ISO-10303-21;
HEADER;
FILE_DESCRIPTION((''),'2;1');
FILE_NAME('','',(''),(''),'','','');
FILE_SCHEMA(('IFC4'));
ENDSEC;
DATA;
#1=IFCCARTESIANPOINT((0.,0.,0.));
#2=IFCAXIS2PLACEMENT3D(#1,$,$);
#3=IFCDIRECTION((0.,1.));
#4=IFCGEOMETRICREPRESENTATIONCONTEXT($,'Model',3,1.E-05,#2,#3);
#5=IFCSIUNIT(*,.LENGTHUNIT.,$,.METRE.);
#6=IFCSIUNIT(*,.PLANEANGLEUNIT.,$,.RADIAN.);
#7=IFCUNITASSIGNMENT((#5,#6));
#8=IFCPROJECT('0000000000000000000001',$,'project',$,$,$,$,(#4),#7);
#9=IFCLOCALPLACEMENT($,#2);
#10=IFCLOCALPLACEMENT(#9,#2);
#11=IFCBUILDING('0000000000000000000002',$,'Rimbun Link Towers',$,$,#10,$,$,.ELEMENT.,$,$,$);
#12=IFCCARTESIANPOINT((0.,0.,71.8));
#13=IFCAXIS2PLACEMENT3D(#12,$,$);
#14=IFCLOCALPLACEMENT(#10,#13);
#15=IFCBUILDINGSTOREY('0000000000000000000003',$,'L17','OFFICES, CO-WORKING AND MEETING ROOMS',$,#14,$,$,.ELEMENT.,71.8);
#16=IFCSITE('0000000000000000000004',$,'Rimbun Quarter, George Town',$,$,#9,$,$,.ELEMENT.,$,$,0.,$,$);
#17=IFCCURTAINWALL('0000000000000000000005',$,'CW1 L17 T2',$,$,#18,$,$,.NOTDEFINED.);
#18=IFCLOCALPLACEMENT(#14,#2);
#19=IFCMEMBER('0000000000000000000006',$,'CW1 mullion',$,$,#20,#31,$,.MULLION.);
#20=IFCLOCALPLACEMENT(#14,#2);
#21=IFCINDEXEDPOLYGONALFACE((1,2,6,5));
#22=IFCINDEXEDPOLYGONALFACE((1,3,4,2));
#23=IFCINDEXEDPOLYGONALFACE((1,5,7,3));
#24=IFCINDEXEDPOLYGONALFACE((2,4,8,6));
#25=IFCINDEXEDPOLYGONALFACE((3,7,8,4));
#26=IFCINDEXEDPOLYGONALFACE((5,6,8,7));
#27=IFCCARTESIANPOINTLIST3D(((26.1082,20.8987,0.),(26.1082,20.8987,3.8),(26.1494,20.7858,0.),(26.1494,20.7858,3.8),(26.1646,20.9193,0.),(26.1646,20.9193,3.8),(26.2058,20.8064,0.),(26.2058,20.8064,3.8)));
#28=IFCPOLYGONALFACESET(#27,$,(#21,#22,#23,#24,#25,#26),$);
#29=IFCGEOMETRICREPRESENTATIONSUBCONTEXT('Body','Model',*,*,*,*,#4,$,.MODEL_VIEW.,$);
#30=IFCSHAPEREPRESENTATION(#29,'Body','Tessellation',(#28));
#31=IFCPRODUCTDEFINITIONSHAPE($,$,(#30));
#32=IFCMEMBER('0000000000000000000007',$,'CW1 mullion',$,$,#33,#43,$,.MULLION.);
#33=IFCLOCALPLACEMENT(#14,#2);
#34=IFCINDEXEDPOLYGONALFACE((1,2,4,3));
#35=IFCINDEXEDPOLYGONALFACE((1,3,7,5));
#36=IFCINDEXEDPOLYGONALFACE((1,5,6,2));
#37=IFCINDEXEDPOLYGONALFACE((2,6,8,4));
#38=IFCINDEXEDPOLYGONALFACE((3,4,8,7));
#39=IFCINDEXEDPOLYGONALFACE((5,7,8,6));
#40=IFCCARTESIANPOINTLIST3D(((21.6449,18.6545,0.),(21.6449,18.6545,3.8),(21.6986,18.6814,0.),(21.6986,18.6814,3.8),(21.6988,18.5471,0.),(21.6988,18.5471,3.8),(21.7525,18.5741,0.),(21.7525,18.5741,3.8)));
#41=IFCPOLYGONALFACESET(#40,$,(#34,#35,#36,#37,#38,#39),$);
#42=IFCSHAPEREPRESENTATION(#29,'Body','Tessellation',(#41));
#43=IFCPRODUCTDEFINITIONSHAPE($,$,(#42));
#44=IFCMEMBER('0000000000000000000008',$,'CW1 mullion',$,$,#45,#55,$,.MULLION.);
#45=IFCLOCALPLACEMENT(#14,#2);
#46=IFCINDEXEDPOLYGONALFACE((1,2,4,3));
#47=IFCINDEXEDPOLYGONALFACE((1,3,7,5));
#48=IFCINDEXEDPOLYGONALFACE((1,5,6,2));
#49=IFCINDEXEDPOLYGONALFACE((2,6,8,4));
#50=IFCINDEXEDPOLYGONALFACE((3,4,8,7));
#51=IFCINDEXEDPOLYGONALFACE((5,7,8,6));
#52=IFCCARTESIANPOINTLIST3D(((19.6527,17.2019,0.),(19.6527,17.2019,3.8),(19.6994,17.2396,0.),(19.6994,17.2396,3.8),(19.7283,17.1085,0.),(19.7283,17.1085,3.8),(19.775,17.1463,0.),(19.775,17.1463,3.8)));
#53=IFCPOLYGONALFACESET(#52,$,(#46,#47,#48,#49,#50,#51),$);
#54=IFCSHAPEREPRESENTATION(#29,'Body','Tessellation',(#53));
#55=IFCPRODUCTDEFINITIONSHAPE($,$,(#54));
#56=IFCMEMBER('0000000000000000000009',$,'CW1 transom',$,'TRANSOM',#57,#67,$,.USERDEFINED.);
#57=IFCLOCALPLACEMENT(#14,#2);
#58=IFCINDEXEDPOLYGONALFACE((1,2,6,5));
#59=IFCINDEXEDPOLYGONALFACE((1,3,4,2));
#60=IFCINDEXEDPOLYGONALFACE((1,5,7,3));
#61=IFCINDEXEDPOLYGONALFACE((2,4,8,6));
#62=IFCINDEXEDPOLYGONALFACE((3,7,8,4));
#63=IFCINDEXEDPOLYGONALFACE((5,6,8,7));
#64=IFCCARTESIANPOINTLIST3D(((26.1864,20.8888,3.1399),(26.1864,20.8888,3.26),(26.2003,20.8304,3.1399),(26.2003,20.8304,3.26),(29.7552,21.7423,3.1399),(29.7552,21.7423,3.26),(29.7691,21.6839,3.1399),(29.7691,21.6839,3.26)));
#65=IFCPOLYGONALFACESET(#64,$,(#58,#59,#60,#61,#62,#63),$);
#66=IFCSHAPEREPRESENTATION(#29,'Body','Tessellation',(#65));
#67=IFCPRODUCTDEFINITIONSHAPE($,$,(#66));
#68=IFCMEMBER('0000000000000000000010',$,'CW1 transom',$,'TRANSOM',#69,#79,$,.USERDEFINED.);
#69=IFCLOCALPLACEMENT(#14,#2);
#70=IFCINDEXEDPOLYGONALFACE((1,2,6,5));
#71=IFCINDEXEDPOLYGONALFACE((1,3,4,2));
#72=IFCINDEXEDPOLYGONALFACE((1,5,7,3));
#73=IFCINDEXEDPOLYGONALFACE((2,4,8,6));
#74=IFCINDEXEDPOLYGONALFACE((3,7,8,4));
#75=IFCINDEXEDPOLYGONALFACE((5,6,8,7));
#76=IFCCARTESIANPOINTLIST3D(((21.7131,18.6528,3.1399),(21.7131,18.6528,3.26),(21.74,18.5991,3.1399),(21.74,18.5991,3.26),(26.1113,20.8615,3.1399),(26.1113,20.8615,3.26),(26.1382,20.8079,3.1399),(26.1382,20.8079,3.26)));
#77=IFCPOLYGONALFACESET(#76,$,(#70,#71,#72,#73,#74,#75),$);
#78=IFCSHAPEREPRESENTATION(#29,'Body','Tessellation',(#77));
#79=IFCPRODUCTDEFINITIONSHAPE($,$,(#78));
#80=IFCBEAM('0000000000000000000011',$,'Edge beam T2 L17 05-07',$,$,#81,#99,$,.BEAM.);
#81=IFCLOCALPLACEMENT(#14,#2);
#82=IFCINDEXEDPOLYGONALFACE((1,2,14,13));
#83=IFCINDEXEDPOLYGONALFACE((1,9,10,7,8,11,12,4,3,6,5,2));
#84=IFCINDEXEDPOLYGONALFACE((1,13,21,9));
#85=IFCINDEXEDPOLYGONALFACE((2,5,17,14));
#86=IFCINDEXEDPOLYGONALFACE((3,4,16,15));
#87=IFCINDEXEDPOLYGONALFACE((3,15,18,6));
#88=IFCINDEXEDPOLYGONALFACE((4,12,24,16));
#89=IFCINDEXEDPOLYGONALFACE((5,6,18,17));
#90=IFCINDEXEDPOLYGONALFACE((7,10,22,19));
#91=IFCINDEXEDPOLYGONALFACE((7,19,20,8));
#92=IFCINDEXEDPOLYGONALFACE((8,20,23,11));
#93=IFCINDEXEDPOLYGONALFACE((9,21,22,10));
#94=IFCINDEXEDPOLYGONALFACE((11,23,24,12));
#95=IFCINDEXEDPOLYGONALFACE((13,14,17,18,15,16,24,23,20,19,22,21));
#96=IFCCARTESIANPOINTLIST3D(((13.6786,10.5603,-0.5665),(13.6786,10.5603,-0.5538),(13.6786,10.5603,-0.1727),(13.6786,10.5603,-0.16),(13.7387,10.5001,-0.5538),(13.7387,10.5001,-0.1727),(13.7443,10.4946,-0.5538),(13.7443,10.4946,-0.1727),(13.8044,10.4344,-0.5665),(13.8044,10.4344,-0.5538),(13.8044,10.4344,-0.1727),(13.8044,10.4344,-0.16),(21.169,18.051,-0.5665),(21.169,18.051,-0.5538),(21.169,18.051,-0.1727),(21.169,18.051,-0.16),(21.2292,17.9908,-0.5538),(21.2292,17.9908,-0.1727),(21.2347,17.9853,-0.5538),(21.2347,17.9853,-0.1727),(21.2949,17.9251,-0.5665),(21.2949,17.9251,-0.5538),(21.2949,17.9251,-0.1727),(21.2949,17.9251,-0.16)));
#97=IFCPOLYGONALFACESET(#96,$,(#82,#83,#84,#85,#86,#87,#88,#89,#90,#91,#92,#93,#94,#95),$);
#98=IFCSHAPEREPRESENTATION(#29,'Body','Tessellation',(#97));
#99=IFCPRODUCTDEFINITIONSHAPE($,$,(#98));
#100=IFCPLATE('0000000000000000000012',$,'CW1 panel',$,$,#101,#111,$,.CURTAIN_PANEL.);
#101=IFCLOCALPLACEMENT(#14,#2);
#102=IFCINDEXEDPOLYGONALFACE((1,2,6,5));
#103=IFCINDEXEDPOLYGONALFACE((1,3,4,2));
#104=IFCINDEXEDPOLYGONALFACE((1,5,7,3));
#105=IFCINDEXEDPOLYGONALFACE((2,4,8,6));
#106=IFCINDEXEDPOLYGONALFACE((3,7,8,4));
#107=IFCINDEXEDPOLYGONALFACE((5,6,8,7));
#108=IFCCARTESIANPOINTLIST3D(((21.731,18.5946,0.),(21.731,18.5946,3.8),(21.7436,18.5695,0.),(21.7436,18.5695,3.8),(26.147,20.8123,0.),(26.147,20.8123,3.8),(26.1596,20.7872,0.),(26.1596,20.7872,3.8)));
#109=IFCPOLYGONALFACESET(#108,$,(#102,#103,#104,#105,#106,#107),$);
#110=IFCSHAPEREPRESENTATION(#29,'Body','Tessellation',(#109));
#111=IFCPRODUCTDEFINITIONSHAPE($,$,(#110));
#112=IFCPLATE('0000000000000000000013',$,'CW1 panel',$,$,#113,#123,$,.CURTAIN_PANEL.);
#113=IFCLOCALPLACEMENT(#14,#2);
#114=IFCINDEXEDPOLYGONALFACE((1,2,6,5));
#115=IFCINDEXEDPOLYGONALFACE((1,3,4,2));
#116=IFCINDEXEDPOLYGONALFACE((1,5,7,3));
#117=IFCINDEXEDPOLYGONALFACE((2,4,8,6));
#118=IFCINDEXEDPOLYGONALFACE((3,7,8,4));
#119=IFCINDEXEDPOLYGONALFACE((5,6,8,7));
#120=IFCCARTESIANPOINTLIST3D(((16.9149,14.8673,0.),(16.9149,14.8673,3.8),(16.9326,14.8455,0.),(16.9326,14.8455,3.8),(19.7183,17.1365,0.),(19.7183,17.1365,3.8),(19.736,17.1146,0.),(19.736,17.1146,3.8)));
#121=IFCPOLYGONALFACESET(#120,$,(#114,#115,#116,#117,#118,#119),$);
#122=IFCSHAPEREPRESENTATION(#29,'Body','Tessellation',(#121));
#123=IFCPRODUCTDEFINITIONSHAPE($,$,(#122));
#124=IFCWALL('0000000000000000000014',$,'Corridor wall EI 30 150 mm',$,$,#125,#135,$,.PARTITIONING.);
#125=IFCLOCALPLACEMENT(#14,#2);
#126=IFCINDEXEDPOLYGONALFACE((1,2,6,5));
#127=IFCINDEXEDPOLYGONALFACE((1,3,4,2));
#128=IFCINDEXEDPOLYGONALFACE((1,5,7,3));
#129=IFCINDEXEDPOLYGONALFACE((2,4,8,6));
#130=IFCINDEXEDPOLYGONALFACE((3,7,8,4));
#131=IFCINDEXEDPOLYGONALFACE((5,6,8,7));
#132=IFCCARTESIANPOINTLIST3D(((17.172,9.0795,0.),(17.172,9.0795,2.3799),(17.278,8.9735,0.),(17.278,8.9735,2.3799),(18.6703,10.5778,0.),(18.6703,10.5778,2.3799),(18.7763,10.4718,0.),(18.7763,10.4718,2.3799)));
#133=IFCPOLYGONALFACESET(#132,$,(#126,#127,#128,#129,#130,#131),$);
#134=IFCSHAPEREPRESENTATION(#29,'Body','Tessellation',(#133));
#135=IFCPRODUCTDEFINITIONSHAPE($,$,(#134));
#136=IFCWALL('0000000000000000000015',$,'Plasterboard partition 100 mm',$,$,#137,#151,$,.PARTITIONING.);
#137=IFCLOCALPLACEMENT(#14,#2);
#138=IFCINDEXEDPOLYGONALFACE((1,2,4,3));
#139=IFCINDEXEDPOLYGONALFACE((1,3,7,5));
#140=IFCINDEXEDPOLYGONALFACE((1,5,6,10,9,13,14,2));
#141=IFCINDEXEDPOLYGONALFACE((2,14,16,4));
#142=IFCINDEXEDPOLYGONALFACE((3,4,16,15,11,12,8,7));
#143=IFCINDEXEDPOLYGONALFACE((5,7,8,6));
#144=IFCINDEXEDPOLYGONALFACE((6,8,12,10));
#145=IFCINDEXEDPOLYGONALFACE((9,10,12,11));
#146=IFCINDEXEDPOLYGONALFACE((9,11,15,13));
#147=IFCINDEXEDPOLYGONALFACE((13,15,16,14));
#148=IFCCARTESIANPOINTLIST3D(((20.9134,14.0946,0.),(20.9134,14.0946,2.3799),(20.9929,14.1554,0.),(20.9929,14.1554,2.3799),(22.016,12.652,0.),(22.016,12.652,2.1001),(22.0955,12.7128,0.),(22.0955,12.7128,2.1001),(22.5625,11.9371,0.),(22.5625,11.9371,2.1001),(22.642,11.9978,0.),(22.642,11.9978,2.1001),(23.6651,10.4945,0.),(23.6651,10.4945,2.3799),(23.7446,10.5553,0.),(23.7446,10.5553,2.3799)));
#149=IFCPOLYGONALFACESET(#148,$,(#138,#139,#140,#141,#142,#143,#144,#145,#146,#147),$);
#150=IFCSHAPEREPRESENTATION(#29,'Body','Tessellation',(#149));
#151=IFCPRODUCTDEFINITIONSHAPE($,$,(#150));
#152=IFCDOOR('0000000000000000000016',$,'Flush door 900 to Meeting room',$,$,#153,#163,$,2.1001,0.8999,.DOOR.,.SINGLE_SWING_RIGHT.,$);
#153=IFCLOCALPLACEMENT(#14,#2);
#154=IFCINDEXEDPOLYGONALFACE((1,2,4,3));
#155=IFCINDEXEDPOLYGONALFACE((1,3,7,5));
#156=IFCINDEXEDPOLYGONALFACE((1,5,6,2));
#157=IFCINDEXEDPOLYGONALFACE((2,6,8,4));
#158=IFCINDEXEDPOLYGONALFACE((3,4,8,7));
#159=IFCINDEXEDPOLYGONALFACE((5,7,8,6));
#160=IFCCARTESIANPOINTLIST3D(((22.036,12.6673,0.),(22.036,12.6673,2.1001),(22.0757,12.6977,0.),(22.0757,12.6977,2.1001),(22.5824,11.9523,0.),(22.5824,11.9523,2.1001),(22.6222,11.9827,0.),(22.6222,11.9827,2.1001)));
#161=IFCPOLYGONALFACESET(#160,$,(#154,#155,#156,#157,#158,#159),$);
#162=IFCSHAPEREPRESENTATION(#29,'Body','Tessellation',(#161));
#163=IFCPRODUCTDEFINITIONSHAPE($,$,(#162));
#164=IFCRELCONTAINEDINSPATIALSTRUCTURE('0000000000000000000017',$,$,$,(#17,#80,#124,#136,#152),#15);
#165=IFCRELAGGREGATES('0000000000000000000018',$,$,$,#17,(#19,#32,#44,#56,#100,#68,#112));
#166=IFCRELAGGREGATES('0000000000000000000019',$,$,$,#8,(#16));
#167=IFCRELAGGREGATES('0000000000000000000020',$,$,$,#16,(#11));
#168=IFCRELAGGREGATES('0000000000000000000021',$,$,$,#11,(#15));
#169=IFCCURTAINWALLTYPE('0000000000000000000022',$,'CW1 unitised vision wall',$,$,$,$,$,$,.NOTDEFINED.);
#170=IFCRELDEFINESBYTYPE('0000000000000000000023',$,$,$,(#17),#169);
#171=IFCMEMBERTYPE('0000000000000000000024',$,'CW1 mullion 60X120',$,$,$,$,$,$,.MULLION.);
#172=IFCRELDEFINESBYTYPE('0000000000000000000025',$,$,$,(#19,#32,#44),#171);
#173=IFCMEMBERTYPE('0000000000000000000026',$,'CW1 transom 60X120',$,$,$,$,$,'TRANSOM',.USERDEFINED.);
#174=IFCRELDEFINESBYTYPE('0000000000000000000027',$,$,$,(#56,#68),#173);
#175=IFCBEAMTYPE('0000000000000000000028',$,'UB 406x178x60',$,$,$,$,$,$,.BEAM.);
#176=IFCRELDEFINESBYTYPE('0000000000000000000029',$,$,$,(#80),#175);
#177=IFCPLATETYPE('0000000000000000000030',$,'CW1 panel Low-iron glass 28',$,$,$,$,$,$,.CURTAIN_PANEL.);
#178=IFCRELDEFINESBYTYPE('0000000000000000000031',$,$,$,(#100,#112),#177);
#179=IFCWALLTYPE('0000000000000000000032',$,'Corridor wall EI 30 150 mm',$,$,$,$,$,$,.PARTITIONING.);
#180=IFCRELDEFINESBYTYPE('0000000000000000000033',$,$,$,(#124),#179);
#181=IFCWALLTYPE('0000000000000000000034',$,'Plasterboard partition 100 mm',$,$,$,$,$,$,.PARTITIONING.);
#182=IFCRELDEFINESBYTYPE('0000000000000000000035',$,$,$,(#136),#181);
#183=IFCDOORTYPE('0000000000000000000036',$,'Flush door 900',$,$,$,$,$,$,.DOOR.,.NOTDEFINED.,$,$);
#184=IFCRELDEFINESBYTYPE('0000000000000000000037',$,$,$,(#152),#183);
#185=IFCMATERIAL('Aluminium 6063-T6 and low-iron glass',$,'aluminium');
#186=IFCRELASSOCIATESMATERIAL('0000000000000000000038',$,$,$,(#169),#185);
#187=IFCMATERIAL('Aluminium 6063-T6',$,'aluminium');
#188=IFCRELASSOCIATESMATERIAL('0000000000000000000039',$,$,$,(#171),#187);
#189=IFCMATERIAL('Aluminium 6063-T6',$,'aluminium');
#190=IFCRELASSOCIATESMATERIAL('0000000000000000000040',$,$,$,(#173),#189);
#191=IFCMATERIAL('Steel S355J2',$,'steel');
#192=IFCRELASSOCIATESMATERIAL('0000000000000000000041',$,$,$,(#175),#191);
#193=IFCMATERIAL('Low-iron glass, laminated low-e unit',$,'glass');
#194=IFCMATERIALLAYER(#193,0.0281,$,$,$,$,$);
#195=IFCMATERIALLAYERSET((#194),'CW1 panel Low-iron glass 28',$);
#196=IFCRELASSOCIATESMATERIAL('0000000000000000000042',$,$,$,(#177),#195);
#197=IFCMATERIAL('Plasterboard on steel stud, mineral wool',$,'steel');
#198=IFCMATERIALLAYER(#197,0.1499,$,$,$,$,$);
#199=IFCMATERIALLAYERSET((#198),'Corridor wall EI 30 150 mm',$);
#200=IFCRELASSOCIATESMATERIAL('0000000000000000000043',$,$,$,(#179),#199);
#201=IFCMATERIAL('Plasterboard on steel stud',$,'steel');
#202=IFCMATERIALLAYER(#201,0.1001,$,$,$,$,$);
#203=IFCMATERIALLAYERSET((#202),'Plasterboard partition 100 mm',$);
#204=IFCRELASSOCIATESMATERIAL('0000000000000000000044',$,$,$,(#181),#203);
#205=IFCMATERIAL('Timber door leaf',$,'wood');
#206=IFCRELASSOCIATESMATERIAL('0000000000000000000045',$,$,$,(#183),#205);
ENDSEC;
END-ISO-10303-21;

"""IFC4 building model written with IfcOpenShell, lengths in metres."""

from ifc_helpers import new_model, si_unit, direction, frame, frame_2d, origin, origin_2d, place, context, subcontext, project, spatial, rectangle, i_section, extrude, material, layer, layer_set, material_profile, profile_set, type_object, element, fill, aggregate, save


model = new_model("IFC4")

# Units and contexts
model_context = context("Model", 3, precision=1e-05, world=origin(), true_north=direction((0.0, 1.0)))
body_context = subcontext(model_context, "Body", "Model", "MODEL_VIEW")
ifc_project = project(units=[si_unit("LENGTHUNIT", "METRE"), si_unit("PLANEANGLEUNIT", "RADIAN")], contexts=[model_context])

# Site, building, storey
site_placement = place(None, origin())
site = spatial("IfcSite", under=ifc_project, at=site_placement, Name="Rimbun Quarter, George Town", CompositionType="ELEMENT", RefElevation=0.0)
building_placement = place(site_placement, origin())
building = spatial("IfcBuilding", under=site, at=building_placement, Name="Rimbun Link Towers", CompositionType="ELEMENT")
storey_placement = place(building_placement, frame((0.0, 0.0, 71.8)))
storey = spatial("IfcBuildingStorey", under=building, at=storey_placement, Name="L17", Description="OFFICES, CO-WORKING AND MEETING ROOMS", CompositionType="ELEMENT", Elevation=71.8)

# Curtain wall, members
ifc_material_1 = material(Name="Aluminium 6063-T6 and low-iron glass", Category="aluminium")
curtain_wall_type = type_object("IfcCurtainWallType", Name="CW1 unitised vision wall", PredefinedType="NOTDEFINED", material=ifc_material_1)
curtain_wall_placement = place(storey_placement, origin())
curtain_wall = element("IfcCurtainWall", 1, at=curtain_wall_placement, inside=storey, type_object=curtain_wall_type, Name="CW1 L17 T2", PredefinedType="NOTDEFINED")
ifc_material_2 = material(Name="Aluminium 6063-T6", Category="aluminium")
ifc_material_profile_1 = material_profile(ifc_material_2, rectangle(XDim=0.1201, YDim=0.0601, at=origin_2d()), Name="MULLION 60X120")
ifc_profile_set_1 = profile_set([ifc_material_profile_1], Name="Aluminium 6063-T6")
member_type_1 = type_object("IfcMemberType", Name="CW1 mullion 60X120", PredefinedType="MULLION", material=ifc_profile_set_1)
member_1_placement = place(storey_placement, frame((26.157, 20.8525, 0.0), z_axis=(0.0, 0.0, 1.0), x_axis=(-0.34297, 0.939346, 0.0)))
member_1 = element("IfcMember", 2, at=member_1_placement, type_object=member_type_1, Name="CW1 mullion", PredefinedType="MULLION", context=body_context, shape_type="SweptSolid", body=[
    extrude(rectangle(XDim=0.1201, YDim=0.0601, at=origin_2d()), origin(), (0.0, 0.0, 1.0), 3.8),
])
member_2_placement = place(storey_placement, frame((21.6987, 18.6143, 0.0), z_axis=(0.0, 0.0, 1.0), x_axis=(-0.448782, 0.893641, 0.0)))
member_2 = element("IfcMember", 3, at=member_2_placement, type_object=member_type_1, Name="CW1 mullion", PredefinedType="MULLION", context=body_context, shape_type="SweptSolid", body=[
    extrude(rectangle(XDim=0.1201, YDim=0.0601, at=origin_2d()), origin(), (0.0, 0.0, 1.0), 3.8),
])
member_3_placement = place(storey_placement, frame((19.7139, 17.1741, 0.0), z_axis=(0.0, 0.0, 1.0), x_axis=(-0.629155, 0.77728, 0.0)))
member_3 = element("IfcMember", 4, at=member_3_placement, type_object=member_type_1, Name="CW1 mullion", PredefinedType="MULLION", context=body_context, shape_type="SweptSolid", body=[
    extrude(rectangle(XDim=0.1201, YDim=0.0601, at=origin_2d()), origin(), (0.0, 0.0, 1.0), 3.8),
])
ifc_material_3 = material(Name="Aluminium 6063-T6", Category="aluminium")
ifc_material_profile_2 = material_profile(ifc_material_3, rectangle(XDim=0.0601, YDim=0.1201, at=origin_2d()), Name="TRANSOM 60X120")
ifc_profile_set_2 = profile_set([ifc_material_profile_2], Name="Aluminium 6063-T6")
member_type_2 = type_object("IfcMemberType", Name="CW1 transom 60X120", ElementType="TRANSOM", PredefinedType="USERDEFINED", material=ifc_profile_set_2)
member_4_placement = place(storey_placement, frame((26.1934, 20.8596, 3.2), z_axis=(0.972573, 0.232598, 0.0), x_axis=(-0.232598, 0.972573, 0.0)))
member_4 = element("IfcMember", 5, at=member_4_placement, type_object=member_type_2, Name="CW1 transom", ObjectType="TRANSOM", PredefinedType="USERDEFINED", context=body_context, shape_type="SweptSolid", body=[
    extrude(rectangle(XDim=0.0601, YDim=0.1201, at=origin_2d()), origin(), (0.0, 0.0, 1.0), 3.6694),
])
member_5_placement = place(storey_placement, frame((21.7266, 18.626, 3.2), z_axis=(0.893642, 0.44878, 0.0), x_axis=(-0.44878, 0.893642, 0.0)))
member_5 = element("IfcMember", 6, at=member_5_placement, type_object=member_type_2, Name="CW1 transom", ObjectType="TRANSOM", PredefinedType="USERDEFINED", context=body_context, shape_type="SweptSolid", body=[
    extrude(rectangle(XDim=0.0601, YDim=0.1201, at=origin_2d()), origin(), (0.0, 0.0, 1.0), 4.9216),
])

# Beam
ifc_material_4 = material(Name="Steel S355J2", Category="steel")
ifc_material_profile_3 = material_profile(ifc_material_4, i_section(OverallWidth=0.178, OverallDepth=0.4065, WebThickness=0.0078, FlangeThickness=0.0127, at=origin_2d()), Name="UB 406x178x60")
ifc_profile_set_3 = profile_set([ifc_material_profile_3], Name="Steel S355J2")
beam_type = type_object("IfcBeamType", Name="UB 406x178x60", PredefinedType="BEAM", material=ifc_profile_set_3)
beam_placement = place(storey_placement, frame((21.2319, 17.988, -0.3633), z_axis=(-0.707095, -0.707118, 0.0), x_axis=(0.707118, -0.707095, 0.0)))
element("IfcBeam", 7, at=beam_placement, inside=storey, type_object=beam_type, Name="Edge beam T2 L17 05-07", PredefinedType="BEAM", context=body_context, shape_type="SweptSolid", body=[
    extrude(i_section(OverallWidth=0.178, OverallDepth=0.4065, WebThickness=0.0078, FlangeThickness=0.0127, at=origin_2d()), origin(), (0.0, 0.0, 1.0), 10.5933),
])

# Plates
ifc_material_5 = material(Name="Low-iron glass, laminated low-e unit", Category="glass")
ifc_layer_1 = layer(ifc_material_5, 0.0281)
ifc_layer_set_1 = layer_set([ifc_layer_1], Name="CW1 panel Low-iron glass 28")
plate_type = type_object("IfcPlateType", Name="CW1 panel Low-iron glass 28", PredefinedType="CURTAIN_PANEL", material=ifc_layer_set_1)
plate_1_placement = place(storey_placement, frame((23.9453, 19.6909, 0.0), z_axis=(0.0, 0.0, 1.0), x_axis=(0.893641, 0.448782, 0.0)))
plate_1 = element("IfcPlate", 8, at=plate_1_placement, type_object=plate_type, Name="CW1 panel", PredefinedType="CURTAIN_PANEL", context=body_context, shape_type="SweptSolid", body=[
    extrude(rectangle(XDim=4.9417, YDim=0.0281, at=origin_2d()), origin(), (0.0, 0.0, 1.0), 3.8),
])
plate_2_placement = place(storey_placement, frame((18.3254, 15.991, 0.0), z_axis=(0.0, 0.0, 1.0), x_axis=(0.77728, 0.629155, 0.0)))
plate_2 = element("IfcPlate", 9, at=plate_2_placement, type_object=plate_type, Name="CW1 panel", PredefinedType="CURTAIN_PANEL", context=body_context, shape_type="SweptSolid", body=[
    extrude(rectangle(XDim=3.6067, YDim=0.0281, at=origin_2d()), origin(), (0.0, 0.0, 1.0), 3.8),
])
aggregate(curtain_wall, [member_1, member_2, member_3, member_4, plate_1, member_5, plate_2])

# Wall
ifc_material_6 = material(Name="Plasterboard on steel stud, mineral wool", Category="steel")
ifc_layer_2 = layer(ifc_material_6, 0.1499)
ifc_layer_set_2 = layer_set([ifc_layer_2], Name="Corridor wall EI 30 150 mm")
wall_type_1 = type_object("IfcWallType", Name="Corridor wall EI 30 150 mm", PredefinedType="PARTITIONING", material=ifc_layer_set_2)
wall_1_placement = place(storey_placement, frame((18.7234, 10.5249, 0.0), z_axis=(0.0, 0.0, 1.0), x_axis=(-0.707107, -0.707107, 0.0)))
element("IfcWall", 10, at=wall_1_placement, inside=storey, type_object=wall_type_1, Name="Corridor wall EI 30 150 mm", PredefinedType="PARTITIONING", context=body_context, shape_type="SweptSolid", body=[
    extrude(rectangle(XDim=2.1189, YDim=0.1499, at=frame_2d((1.0596, 0.0))), origin(), (0.0, 0.0, 1.0), 2.3799),
])

# Wall, opening, door
ifc_material_7 = material(Name="Plasterboard on steel stud", Category="steel")
ifc_layer_3 = layer(ifc_material_7, 0.1001)
ifc_layer_set_3 = layer_set([ifc_layer_3], Name="Plasterboard partition 100 mm")
wall_type_2 = type_object("IfcWallType", Name="Plasterboard partition 100 mm", PredefinedType="PARTITIONING", material=ifc_layer_set_3)
wall_2_placement = place(storey_placement, frame((23.7048, 10.5249, 0.0), z_axis=(0.0, 0.0, 1.0), x_axis=(-0.607268, 0.794497, 0.0)))
wall_2 = element("IfcWall", 11, at=wall_2_placement, inside=storey, type_object=wall_type_2, Name="Plasterboard partition 100 mm", PredefinedType="PARTITIONING", context=body_context, shape_type="SweptSolid", body=[
    extrude(rectangle(XDim=4.5312, YDim=0.1001, at=frame_2d((2.2656, 0.0))), origin(), (0.0, 0.0, 1.0), 2.3799),
])
opening_1_placement = place(wall_2_placement, frame((1.8157, 0.0, 0.0)))
opening_1 = element("IfcOpeningElement", 12, at=opening_1_placement, cuts=wall_2, PredefinedType="OPENING", context=body_context, shape_type="SweptSolid", body=[
    extrude(rectangle(XDim=0.8999, YDim=2.1001, at=frame_2d((0.45, 1.05))), frame((0.0, 0.0601, 0.0), z_axis=(0.0, -1.0, 0.0), x_axis=(1.0, 0.0, 0.0)), (0.0, 0.0, 1.0), 0.1201),
])
ifc_material_8 = material(Name="Timber door leaf", Category="wood")
door_type_1 = type_object("IfcDoorType", Name="Flush door 900", OperationType="NOTDEFINED", PredefinedType="DOOR", material=ifc_material_8)
door_1_placement = place(opening_1_placement, origin())
door_1 = element("IfcDoor", 13, at=door_1_placement, inside=storey, type_object=door_type_1, Name="Flush door 900 to Meeting room", OperationType="SINGLE_SWING_RIGHT", OverallHeight=2.1001, OverallWidth=0.8999, PredefinedType="DOOR", context=body_context, shape_type="SweptSolid", body=[
    extrude(rectangle(XDim=0.8999, YDim=2.1001, at=frame_2d((0.45, 1.05))), frame((0.0, 0.0249, 0.0), z_axis=(0.0, -1.0, 0.0), x_axis=(1.0, 0.0, 0.0)), (0.0, 0.0, 1.0), 0.05),
])
fill(opening_1, door_1)

save(model, "model.ifc")
